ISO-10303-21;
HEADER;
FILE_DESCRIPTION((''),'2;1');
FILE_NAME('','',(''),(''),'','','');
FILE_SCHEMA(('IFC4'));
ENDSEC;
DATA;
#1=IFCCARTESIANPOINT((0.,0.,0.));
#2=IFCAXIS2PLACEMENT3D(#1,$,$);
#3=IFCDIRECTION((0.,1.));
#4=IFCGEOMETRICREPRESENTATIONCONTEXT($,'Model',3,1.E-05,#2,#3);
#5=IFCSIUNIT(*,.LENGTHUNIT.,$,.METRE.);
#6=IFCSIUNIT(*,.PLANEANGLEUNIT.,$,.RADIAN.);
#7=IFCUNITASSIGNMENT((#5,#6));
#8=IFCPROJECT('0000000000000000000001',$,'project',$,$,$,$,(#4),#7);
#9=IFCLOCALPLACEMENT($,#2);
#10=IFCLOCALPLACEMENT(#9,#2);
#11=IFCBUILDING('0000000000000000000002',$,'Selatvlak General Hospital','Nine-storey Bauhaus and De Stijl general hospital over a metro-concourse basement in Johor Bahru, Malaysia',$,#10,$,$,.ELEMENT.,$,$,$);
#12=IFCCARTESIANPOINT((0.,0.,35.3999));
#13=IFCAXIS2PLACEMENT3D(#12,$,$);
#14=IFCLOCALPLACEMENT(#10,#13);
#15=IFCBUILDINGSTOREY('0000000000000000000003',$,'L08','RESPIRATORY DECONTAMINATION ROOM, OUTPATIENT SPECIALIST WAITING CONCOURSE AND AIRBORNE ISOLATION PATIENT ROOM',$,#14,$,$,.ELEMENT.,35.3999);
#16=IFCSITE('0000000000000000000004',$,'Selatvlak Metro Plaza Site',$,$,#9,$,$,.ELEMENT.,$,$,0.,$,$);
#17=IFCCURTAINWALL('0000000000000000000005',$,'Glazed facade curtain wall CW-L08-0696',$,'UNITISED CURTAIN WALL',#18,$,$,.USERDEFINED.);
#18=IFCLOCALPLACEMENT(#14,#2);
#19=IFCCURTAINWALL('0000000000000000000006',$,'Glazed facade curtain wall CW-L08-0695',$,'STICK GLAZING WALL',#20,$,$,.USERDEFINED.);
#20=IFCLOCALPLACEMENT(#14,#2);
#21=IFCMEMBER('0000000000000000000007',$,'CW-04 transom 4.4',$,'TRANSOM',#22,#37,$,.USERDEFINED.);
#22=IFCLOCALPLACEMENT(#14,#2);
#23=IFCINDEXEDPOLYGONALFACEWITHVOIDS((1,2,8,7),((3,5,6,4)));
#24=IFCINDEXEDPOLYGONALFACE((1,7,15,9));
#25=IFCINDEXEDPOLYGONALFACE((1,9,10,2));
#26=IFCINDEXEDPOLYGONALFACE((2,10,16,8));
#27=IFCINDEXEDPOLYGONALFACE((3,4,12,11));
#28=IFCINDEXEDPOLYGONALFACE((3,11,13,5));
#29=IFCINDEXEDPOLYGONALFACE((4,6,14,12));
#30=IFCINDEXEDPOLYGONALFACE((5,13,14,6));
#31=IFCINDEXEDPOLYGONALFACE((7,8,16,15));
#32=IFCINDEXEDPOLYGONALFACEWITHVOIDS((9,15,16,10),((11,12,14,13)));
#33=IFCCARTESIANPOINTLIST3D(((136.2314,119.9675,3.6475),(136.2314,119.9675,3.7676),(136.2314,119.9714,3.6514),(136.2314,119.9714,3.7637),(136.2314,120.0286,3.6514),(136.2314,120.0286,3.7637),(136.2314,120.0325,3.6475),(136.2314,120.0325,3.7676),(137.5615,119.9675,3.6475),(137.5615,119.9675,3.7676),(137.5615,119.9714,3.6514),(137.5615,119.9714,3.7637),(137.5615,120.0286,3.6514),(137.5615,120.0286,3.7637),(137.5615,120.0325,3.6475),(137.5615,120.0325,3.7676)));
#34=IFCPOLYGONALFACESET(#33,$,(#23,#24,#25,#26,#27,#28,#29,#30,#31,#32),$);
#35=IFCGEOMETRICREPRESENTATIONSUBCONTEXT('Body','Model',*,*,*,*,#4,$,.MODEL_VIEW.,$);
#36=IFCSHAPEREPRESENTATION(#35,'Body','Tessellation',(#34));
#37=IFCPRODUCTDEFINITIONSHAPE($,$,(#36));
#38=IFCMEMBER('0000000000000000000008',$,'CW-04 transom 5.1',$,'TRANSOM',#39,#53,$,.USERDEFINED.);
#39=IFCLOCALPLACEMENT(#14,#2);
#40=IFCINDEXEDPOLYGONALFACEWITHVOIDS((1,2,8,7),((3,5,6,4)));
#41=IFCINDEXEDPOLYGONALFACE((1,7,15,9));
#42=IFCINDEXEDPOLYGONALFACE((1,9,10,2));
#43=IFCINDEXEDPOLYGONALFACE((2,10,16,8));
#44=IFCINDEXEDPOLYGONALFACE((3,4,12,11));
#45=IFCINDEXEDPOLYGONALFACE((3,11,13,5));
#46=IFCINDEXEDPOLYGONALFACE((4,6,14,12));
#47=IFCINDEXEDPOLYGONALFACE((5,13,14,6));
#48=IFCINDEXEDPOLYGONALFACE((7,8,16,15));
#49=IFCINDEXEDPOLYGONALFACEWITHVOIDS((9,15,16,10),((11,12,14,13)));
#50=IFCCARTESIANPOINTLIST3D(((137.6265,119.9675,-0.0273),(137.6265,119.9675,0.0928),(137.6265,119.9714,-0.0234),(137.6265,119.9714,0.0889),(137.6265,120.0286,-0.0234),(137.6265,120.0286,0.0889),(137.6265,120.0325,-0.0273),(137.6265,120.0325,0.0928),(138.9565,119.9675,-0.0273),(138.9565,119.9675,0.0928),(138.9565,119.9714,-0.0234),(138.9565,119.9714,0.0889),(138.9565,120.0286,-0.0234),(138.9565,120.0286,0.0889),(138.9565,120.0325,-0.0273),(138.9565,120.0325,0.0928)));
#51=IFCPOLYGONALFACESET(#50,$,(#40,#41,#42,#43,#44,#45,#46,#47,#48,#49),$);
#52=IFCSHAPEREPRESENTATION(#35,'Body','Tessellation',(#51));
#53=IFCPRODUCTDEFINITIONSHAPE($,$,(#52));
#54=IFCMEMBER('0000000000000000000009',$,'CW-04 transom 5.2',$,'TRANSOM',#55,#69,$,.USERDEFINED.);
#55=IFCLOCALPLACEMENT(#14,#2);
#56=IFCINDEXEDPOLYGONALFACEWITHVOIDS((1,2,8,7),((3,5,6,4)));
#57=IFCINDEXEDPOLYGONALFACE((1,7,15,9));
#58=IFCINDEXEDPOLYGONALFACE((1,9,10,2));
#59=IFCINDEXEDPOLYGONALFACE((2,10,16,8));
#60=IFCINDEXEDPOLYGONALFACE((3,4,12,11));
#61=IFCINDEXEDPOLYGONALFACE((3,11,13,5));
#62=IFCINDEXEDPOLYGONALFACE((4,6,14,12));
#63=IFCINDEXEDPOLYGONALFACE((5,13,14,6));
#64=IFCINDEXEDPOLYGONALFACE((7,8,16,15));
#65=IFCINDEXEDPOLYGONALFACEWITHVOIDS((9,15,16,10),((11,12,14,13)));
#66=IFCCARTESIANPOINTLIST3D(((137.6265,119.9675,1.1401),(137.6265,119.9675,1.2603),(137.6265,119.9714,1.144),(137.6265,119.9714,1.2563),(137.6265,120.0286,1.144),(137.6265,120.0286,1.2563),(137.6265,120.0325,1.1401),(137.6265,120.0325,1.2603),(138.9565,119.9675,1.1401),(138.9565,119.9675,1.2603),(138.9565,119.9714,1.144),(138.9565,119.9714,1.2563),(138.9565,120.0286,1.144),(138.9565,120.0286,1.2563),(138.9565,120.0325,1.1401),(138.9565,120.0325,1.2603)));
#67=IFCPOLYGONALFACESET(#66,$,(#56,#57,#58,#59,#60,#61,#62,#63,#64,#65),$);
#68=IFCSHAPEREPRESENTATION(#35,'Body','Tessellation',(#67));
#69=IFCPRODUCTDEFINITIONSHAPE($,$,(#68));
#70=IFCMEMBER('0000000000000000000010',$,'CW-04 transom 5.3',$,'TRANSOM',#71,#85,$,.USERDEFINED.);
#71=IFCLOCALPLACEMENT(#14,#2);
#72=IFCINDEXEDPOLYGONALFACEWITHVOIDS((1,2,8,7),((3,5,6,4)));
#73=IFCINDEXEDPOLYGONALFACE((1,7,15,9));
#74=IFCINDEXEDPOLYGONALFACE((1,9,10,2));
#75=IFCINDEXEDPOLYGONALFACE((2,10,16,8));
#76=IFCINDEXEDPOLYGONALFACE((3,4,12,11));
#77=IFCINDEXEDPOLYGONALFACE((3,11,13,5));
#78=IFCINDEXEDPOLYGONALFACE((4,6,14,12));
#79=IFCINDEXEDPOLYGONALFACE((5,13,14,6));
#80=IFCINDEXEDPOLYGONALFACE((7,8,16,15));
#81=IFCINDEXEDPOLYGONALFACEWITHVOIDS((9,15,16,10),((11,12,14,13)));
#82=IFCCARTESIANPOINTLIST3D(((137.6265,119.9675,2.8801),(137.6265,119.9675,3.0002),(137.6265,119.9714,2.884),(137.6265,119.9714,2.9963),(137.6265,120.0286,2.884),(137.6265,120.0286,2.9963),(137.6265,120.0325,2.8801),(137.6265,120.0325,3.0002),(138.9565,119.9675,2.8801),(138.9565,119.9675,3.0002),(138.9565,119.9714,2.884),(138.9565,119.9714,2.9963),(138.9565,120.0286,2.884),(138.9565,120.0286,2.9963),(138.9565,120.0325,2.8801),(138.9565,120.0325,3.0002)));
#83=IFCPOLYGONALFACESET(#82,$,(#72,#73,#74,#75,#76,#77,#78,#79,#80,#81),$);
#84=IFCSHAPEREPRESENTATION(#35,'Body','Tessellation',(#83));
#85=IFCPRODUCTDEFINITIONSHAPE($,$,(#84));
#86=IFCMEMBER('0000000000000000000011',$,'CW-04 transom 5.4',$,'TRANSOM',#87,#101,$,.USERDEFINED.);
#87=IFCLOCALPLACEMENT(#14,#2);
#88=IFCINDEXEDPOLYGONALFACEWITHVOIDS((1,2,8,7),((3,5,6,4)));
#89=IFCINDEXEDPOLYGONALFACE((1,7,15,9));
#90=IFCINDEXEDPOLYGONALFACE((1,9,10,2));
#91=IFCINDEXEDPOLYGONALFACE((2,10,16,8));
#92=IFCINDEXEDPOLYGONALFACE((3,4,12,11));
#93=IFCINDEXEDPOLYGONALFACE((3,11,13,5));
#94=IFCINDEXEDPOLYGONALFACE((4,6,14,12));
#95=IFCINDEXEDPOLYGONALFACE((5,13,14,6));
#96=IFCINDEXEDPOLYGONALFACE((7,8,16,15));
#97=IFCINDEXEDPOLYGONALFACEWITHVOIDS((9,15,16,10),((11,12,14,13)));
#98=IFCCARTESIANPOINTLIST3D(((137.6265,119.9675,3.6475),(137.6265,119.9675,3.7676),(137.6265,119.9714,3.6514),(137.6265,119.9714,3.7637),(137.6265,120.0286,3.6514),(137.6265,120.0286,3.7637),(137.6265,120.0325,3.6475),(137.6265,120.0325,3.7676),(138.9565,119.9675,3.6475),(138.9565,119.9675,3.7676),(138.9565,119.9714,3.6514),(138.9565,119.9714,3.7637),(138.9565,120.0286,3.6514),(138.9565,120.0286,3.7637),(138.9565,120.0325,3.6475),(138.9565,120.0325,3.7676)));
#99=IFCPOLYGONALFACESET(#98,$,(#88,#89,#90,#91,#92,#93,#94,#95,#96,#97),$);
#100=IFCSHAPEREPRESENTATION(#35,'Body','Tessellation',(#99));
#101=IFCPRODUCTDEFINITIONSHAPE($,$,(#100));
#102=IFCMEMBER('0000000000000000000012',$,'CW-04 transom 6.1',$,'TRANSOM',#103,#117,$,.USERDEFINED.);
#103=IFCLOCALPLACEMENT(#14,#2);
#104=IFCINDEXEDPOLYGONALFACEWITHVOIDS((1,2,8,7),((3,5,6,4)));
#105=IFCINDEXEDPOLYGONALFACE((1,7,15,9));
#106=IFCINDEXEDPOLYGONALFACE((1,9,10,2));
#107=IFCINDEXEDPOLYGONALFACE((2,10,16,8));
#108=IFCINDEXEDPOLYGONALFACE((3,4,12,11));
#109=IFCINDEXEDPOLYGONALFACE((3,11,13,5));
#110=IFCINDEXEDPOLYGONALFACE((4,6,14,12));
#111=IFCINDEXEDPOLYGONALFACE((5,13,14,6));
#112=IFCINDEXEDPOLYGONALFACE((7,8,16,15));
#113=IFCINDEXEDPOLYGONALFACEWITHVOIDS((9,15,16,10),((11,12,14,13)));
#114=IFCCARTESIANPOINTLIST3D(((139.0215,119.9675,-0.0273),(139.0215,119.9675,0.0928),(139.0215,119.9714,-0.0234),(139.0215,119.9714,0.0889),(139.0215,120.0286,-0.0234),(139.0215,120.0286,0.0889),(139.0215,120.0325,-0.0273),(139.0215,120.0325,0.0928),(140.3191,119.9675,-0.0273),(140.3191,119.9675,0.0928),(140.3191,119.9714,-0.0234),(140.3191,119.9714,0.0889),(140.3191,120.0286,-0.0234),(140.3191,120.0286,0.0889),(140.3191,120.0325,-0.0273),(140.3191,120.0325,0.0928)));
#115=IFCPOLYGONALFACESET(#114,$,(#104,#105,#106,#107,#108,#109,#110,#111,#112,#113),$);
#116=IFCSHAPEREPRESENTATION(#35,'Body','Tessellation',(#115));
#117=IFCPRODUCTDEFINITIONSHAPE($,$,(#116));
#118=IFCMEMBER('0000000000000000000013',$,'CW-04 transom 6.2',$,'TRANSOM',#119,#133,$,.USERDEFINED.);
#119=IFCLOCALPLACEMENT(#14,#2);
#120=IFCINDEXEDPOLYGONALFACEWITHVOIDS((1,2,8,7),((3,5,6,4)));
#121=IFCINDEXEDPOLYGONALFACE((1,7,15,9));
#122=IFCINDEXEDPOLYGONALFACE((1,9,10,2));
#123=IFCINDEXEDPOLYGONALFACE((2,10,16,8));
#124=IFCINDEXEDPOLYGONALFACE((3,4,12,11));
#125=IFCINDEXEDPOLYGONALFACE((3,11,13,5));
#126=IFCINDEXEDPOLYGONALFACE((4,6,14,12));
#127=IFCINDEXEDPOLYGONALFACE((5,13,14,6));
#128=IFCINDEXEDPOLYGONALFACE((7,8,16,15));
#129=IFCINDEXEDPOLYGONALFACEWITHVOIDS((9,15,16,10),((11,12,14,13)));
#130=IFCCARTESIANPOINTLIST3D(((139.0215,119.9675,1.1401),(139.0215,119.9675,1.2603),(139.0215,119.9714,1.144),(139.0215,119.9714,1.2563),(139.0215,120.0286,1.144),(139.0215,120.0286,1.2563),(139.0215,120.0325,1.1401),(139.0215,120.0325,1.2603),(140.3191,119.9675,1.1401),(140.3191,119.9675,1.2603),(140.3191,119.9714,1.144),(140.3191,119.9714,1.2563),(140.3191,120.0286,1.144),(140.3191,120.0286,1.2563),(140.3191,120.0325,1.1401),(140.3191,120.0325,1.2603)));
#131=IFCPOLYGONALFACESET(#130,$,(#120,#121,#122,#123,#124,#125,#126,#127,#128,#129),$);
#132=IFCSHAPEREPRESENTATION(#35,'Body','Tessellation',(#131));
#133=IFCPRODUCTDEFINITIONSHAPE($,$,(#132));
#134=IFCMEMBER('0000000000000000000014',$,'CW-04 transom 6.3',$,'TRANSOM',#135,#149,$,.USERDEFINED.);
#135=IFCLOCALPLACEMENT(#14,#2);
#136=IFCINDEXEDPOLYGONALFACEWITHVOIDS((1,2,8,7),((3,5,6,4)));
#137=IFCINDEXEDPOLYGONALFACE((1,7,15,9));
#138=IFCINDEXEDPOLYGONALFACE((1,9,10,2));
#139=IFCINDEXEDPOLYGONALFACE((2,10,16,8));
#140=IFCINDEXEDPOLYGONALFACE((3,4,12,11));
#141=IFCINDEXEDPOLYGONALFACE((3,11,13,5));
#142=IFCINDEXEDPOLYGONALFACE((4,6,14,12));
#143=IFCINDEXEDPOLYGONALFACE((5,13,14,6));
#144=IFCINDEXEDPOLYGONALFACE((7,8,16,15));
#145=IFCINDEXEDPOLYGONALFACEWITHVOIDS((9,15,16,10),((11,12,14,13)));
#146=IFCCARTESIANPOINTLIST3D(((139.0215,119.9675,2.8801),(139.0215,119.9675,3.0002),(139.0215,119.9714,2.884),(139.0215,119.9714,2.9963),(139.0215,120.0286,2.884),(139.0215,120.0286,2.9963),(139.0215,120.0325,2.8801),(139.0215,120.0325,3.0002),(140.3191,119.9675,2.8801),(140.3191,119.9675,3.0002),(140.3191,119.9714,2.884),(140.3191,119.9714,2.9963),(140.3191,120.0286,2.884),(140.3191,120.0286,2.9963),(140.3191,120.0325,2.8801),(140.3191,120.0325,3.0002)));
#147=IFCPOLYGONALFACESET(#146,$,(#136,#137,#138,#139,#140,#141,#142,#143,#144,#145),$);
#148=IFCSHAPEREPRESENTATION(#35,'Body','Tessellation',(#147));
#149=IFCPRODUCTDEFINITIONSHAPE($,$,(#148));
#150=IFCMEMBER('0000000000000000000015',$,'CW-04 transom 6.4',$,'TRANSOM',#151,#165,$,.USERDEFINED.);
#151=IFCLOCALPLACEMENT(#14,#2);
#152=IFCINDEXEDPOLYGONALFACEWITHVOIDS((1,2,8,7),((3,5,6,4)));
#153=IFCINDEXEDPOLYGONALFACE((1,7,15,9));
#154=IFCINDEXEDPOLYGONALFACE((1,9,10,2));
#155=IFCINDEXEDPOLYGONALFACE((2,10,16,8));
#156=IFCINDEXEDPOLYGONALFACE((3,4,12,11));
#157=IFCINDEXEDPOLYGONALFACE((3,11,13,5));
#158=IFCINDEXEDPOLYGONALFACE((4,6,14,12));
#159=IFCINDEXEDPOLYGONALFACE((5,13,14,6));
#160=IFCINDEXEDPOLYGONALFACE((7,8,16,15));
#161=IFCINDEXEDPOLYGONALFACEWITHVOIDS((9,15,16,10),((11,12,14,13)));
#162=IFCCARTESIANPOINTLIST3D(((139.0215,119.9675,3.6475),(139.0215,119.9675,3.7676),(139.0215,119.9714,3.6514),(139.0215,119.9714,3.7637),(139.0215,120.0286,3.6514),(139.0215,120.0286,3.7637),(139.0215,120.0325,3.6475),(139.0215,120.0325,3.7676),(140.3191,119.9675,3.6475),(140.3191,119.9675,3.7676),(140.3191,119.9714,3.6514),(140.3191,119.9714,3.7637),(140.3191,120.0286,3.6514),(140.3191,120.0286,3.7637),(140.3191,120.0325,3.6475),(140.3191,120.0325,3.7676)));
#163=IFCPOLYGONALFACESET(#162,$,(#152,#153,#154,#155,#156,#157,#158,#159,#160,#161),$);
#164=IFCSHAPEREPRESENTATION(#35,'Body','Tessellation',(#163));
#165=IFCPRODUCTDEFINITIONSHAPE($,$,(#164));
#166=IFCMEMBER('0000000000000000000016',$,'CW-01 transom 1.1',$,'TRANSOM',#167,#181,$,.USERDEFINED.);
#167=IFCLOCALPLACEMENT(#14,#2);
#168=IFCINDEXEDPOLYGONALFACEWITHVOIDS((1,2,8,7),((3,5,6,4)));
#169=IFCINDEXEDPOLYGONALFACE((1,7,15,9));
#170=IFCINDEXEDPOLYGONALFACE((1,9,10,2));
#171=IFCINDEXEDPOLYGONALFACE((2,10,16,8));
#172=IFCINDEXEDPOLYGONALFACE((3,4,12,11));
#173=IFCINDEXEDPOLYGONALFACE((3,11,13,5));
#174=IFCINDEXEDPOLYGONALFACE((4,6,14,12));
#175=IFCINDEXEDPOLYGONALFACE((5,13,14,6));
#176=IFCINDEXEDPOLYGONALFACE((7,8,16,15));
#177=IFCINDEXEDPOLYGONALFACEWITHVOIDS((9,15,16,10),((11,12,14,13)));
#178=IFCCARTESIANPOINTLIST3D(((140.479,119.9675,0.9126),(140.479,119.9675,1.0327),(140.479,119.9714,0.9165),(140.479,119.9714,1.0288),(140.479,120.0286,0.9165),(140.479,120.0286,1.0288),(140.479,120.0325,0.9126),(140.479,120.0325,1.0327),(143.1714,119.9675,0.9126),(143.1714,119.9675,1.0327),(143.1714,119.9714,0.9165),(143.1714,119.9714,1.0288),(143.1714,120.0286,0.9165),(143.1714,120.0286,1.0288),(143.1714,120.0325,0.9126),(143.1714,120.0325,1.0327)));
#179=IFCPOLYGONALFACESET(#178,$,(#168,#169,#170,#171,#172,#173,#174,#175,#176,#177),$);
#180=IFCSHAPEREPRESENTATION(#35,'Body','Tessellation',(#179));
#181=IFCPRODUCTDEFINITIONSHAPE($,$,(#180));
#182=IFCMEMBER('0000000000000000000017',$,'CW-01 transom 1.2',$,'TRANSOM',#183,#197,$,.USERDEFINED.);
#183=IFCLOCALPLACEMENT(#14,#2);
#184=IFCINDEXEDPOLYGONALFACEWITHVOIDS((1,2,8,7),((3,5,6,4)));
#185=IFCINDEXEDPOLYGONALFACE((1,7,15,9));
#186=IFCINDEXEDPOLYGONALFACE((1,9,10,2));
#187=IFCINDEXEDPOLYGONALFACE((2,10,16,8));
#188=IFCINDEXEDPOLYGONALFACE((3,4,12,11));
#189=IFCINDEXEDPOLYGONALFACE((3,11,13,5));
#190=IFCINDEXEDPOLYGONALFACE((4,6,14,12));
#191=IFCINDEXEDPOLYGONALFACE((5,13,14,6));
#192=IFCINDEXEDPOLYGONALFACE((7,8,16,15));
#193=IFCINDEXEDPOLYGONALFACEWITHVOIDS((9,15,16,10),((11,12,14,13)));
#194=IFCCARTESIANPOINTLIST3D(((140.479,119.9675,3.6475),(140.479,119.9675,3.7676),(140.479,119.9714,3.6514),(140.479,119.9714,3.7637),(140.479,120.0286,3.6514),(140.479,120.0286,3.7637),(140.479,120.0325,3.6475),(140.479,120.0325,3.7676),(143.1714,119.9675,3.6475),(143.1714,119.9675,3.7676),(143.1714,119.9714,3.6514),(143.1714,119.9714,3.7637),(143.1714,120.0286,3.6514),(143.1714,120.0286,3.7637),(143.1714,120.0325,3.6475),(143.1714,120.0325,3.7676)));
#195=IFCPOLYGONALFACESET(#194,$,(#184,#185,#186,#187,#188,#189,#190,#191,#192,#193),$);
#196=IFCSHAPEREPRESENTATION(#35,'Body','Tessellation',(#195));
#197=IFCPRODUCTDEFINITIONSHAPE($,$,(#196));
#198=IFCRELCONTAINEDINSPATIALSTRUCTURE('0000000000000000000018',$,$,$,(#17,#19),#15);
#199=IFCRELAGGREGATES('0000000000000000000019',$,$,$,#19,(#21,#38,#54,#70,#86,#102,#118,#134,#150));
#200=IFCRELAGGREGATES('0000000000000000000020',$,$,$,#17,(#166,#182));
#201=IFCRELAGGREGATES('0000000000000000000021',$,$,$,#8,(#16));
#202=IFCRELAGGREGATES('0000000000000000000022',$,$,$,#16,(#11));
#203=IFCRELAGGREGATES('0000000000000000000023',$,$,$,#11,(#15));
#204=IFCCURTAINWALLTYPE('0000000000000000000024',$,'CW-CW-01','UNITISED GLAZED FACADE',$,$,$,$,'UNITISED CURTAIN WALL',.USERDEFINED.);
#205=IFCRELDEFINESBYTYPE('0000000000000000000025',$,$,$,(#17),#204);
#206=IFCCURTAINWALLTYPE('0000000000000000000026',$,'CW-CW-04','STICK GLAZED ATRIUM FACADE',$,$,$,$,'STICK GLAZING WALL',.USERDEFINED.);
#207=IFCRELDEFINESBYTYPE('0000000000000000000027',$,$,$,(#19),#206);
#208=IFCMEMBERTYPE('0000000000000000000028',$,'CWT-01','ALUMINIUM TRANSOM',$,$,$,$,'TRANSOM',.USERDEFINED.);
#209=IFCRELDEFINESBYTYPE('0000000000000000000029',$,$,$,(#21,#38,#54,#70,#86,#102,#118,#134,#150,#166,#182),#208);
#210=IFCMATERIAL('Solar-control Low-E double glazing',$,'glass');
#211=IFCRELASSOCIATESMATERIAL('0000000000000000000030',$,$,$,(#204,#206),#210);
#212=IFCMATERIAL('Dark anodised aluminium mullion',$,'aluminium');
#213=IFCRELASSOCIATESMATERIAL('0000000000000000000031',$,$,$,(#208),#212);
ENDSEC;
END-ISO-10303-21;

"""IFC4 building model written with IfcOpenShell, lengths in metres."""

from ifc_helpers import new_model, si_unit, direction, frame, origin, origin_2d, place, context, subcontext, project, spatial, hollow_rectangle, extrude, material, material_profile, profile_set, type_object, element, aggregate, save


model = new_model("IFC4")

# Units and contexts
model_context = context("Model", 3, precision=1e-05, world=origin(), true_north=direction((0.0, 1.0)))
body_context = subcontext(model_context, "Body", "Model", "MODEL_VIEW")
ifc_project = project(units=[si_unit("LENGTHUNIT", "METRE"), si_unit("PLANEANGLEUNIT", "RADIAN")], contexts=[model_context])

# Site, building, storey
site_placement = place(None, origin())
site = spatial("IfcSite", under=ifc_project, at=site_placement, Name="Selatvlak Metro Plaza Site", CompositionType="ELEMENT", RefElevation=0.0)
building_placement = place(site_placement, origin())
building = spatial("IfcBuilding", under=site, at=building_placement, Name="Selatvlak General Hospital", Description="Nine-storey Bauhaus and De Stijl general hospital over a metro-concourse basement in Johor Bahru, Malaysia", CompositionType="ELEMENT")
storey_placement = place(building_placement, frame((0.0, 0.0, 35.3999)))
storey = spatial("IfcBuildingStorey", under=building, at=storey_placement, Name="L08", Description="RESPIRATORY DECONTAMINATION ROOM, OUTPATIENT SPECIALIST WAITING CONCOURSE AND AIRBORNE ISOLATION PATIENT ROOM", CompositionType="ELEMENT", Elevation=35.3999)

# Curtain walls, members
ifc_material_1 = material(Name="Solar-control Low-E double glazing", Category="glass")
curtain_wall_type_1 = type_object("IfcCurtainWallType", Name="CW-CW-01", Description="UNITISED GLAZED FACADE", ElementType="UNITISED CURTAIN WALL", PredefinedType="USERDEFINED", material=ifc_material_1)
curtain_wall_1_placement = place(storey_placement, origin())
curtain_wall_1 = element("IfcCurtainWall", 1, at=curtain_wall_1_placement, inside=storey, type_object=curtain_wall_type_1, Name="Glazed facade curtain wall CW-L08-0696", ObjectType="UNITISED CURTAIN WALL", PredefinedType="USERDEFINED")
ifc_material_2 = material(Name="Dark anodised aluminium mullion", Category="aluminium")
curtain_wall_type_2 = type_object("IfcCurtainWallType", Name="CW-CW-04", Description="STICK GLAZED ATRIUM FACADE", ElementType="STICK GLAZING WALL", PredefinedType="USERDEFINED", material=ifc_material_1)
curtain_wall_2_placement = place(storey_placement, origin())
curtain_wall_2 = element("IfcCurtainWall", 2, at=curtain_wall_2_placement, inside=storey, type_object=curtain_wall_type_2, Name="Glazed facade curtain wall CW-L08-0695", ObjectType="STICK GLAZING WALL", PredefinedType="USERDEFINED")
ifc_material_profile_1 = material_profile(ifc_material_2, hollow_rectangle(XDim=0.0649, YDim=0.1201, WallThickness=0.0039, at=origin_2d()), Name="AL-TRN 65x120x4")
ifc_profile_set_1 = profile_set([ifc_material_profile_1], Name="Dark anodised aluminium mullion")
member_type_1 = type_object("IfcMemberType", Name="CWT-01", Description="ALUMINIUM TRANSOM", ElementType="TRANSOM", PredefinedType="USERDEFINED", material=ifc_profile_set_1)
member_1_placement = place(storey_placement, frame((136.2314, 120.0, 3.7075), z_axis=(1.0, 0.0, 0.0), x_axis=(0.0, 1.0, 0.0)))
member_1 = element("IfcMember", 3, at=member_1_placement, type_object=member_type_1, Name="CW-04 transom 4.4", ObjectType="TRANSOM", PredefinedType="USERDEFINED", context=body_context, shape_type="SweptSolid", body=[
    extrude(hollow_rectangle(XDim=0.0649, YDim=0.1201, WallThickness=0.0039, at=origin_2d()), origin(), (0.0, 0.0, 1.0), 1.3301),
])
member_2_placement = place(storey_placement, frame((137.6265, 120.0, 0.0327), z_axis=(1.0, 0.0, 0.0), x_axis=(0.0, 1.0, 0.0)))
member_2 = element("IfcMember", 4, at=member_2_placement, type_object=member_type_1, Name="CW-04 transom 5.1", ObjectType="TRANSOM", PredefinedType="USERDEFINED", context=body_context, shape_type="SweptSolid", body=[
    extrude(hollow_rectangle(XDim=0.0649, YDim=0.1201, WallThickness=0.0039, at=origin_2d()), origin(), (0.0, 0.0, 1.0), 1.3301),
])
member_3_placement = place(storey_placement, frame((137.6265, 120.0, 1.2002), z_axis=(1.0, 0.0, 0.0), x_axis=(0.0, 1.0, 0.0)))
member_3 = element("IfcMember", 5, at=member_3_placement, type_object=member_type_1, Name="CW-04 transom 5.2", ObjectType="TRANSOM", PredefinedType="USERDEFINED", context=body_context, shape_type="SweptSolid", body=[
    extrude(hollow_rectangle(XDim=0.0649, YDim=0.1201, WallThickness=0.0039, at=origin_2d()), origin(), (0.0, 0.0, 1.0), 1.3301),
])
member_4_placement = place(storey_placement, frame((137.6265, 120.0, 2.9402), z_axis=(1.0, 0.0, 0.0), x_axis=(0.0, 1.0, 0.0)))
member_4 = element("IfcMember", 6, at=member_4_placement, type_object=member_type_1, Name="CW-04 transom 5.3", ObjectType="TRANSOM", PredefinedType="USERDEFINED", context=body_context, shape_type="SweptSolid", body=[
    extrude(hollow_rectangle(XDim=0.0649, YDim=0.1201, WallThickness=0.0039, at=origin_2d()), origin(), (0.0, 0.0, 1.0), 1.3301),
])
member_5_placement = place(storey_placement, frame((137.6265, 120.0, 3.7075), z_axis=(1.0, 0.0, 0.0), x_axis=(0.0, 1.0, 0.0)))
member_5 = element("IfcMember", 7, at=member_5_placement, type_object=member_type_1, Name="CW-04 transom 5.4", ObjectType="TRANSOM", PredefinedType="USERDEFINED", context=body_context, shape_type="SweptSolid", body=[
    extrude(hollow_rectangle(XDim=0.0649, YDim=0.1201, WallThickness=0.0039, at=origin_2d()), origin(), (0.0, 0.0, 1.0), 1.3301),
])
member_6_placement = place(storey_placement, frame((139.0215, 120.0, 0.0327), z_axis=(1.0, 0.0, 0.0), x_axis=(0.0, 1.0, 0.0)))
member_6 = element("IfcMember", 8, at=member_6_placement, type_object=member_type_1, Name="CW-04 transom 6.1", ObjectType="TRANSOM", PredefinedType="USERDEFINED", context=body_context, shape_type="SweptSolid", body=[
    extrude(hollow_rectangle(XDim=0.0649, YDim=0.1201, WallThickness=0.0039, at=origin_2d()), origin(), (0.0, 0.0, 1.0), 1.2976),
])
member_7_placement = place(storey_placement, frame((139.0215, 120.0, 1.2002), z_axis=(1.0, 0.0, 0.0), x_axis=(0.0, 1.0, 0.0)))
member_7 = element("IfcMember", 9, at=member_7_placement, type_object=member_type_1, Name="CW-04 transom 6.2", ObjectType="TRANSOM", PredefinedType="USERDEFINED", context=body_context, shape_type="SweptSolid", body=[
    extrude(hollow_rectangle(XDim=0.0649, YDim=0.1201, WallThickness=0.0039, at=origin_2d()), origin(), (0.0, 0.0, 1.0), 1.2976),
])
member_8_placement = place(storey_placement, frame((139.0215, 120.0, 2.9402), z_axis=(1.0, 0.0, 0.0), x_axis=(0.0, 1.0, 0.0)))
member_8 = element("IfcMember", 10, at=member_8_placement, type_object=member_type_1, Name="CW-04 transom 6.3", ObjectType="TRANSOM", PredefinedType="USERDEFINED", context=body_context, shape_type="SweptSolid", body=[
    extrude(hollow_rectangle(XDim=0.0649, YDim=0.1201, WallThickness=0.0039, at=origin_2d()), origin(), (0.0, 0.0, 1.0), 1.2976),
])
member_9_placement = place(storey_placement, frame((139.0215, 120.0, 3.7075), z_axis=(1.0, 0.0, 0.0), x_axis=(0.0, 1.0, 0.0)))
member_9 = element("IfcMember", 11, at=member_9_placement, type_object=member_type_1, Name="CW-04 transom 6.4", ObjectType="TRANSOM", PredefinedType="USERDEFINED", context=body_context, shape_type="SweptSolid", body=[
    extrude(hollow_rectangle(XDim=0.0649, YDim=0.1201, WallThickness=0.0039, at=origin_2d()), origin(), (0.0, 0.0, 1.0), 1.2976),
])

# Members
member_10_placement = place(storey_placement, frame((140.479, 120.0, 0.9727), z_axis=(1.0, 0.0, 0.0), x_axis=(0.0, 1.0, 0.0)))
member_10 = element("IfcMember", 12, at=member_10_placement, type_object=member_type_1, Name="CW-01 transom 1.1", ObjectType="TRANSOM", PredefinedType="USERDEFINED", context=body_context, shape_type="SweptSolid", body=[
    extrude(hollow_rectangle(XDim=0.0649, YDim=0.1201, WallThickness=0.0039, at=origin_2d()), origin(), (0.0, 0.0, 1.0), 2.6924),
])
member_11_placement = place(storey_placement, frame((140.479, 120.0, 3.7075), z_axis=(1.0, 0.0, 0.0), x_axis=(0.0, 1.0, 0.0)))
member_11 = element("IfcMember", 13, at=member_11_placement, type_object=member_type_1, Name="CW-01 transom 1.2", ObjectType="TRANSOM", PredefinedType="USERDEFINED", context=body_context, shape_type="SweptSolid", body=[
    extrude(hollow_rectangle(XDim=0.0649, YDim=0.1201, WallThickness=0.0039, at=origin_2d()), origin(), (0.0, 0.0, 1.0), 2.6924),
])

aggregate(curtain_wall_2, [member_1, member_2, member_3, member_4, member_5, member_6, member_7, member_8, member_9])
aggregate(curtain_wall_1, [member_10, member_11])

save(model, "model.ifc")
